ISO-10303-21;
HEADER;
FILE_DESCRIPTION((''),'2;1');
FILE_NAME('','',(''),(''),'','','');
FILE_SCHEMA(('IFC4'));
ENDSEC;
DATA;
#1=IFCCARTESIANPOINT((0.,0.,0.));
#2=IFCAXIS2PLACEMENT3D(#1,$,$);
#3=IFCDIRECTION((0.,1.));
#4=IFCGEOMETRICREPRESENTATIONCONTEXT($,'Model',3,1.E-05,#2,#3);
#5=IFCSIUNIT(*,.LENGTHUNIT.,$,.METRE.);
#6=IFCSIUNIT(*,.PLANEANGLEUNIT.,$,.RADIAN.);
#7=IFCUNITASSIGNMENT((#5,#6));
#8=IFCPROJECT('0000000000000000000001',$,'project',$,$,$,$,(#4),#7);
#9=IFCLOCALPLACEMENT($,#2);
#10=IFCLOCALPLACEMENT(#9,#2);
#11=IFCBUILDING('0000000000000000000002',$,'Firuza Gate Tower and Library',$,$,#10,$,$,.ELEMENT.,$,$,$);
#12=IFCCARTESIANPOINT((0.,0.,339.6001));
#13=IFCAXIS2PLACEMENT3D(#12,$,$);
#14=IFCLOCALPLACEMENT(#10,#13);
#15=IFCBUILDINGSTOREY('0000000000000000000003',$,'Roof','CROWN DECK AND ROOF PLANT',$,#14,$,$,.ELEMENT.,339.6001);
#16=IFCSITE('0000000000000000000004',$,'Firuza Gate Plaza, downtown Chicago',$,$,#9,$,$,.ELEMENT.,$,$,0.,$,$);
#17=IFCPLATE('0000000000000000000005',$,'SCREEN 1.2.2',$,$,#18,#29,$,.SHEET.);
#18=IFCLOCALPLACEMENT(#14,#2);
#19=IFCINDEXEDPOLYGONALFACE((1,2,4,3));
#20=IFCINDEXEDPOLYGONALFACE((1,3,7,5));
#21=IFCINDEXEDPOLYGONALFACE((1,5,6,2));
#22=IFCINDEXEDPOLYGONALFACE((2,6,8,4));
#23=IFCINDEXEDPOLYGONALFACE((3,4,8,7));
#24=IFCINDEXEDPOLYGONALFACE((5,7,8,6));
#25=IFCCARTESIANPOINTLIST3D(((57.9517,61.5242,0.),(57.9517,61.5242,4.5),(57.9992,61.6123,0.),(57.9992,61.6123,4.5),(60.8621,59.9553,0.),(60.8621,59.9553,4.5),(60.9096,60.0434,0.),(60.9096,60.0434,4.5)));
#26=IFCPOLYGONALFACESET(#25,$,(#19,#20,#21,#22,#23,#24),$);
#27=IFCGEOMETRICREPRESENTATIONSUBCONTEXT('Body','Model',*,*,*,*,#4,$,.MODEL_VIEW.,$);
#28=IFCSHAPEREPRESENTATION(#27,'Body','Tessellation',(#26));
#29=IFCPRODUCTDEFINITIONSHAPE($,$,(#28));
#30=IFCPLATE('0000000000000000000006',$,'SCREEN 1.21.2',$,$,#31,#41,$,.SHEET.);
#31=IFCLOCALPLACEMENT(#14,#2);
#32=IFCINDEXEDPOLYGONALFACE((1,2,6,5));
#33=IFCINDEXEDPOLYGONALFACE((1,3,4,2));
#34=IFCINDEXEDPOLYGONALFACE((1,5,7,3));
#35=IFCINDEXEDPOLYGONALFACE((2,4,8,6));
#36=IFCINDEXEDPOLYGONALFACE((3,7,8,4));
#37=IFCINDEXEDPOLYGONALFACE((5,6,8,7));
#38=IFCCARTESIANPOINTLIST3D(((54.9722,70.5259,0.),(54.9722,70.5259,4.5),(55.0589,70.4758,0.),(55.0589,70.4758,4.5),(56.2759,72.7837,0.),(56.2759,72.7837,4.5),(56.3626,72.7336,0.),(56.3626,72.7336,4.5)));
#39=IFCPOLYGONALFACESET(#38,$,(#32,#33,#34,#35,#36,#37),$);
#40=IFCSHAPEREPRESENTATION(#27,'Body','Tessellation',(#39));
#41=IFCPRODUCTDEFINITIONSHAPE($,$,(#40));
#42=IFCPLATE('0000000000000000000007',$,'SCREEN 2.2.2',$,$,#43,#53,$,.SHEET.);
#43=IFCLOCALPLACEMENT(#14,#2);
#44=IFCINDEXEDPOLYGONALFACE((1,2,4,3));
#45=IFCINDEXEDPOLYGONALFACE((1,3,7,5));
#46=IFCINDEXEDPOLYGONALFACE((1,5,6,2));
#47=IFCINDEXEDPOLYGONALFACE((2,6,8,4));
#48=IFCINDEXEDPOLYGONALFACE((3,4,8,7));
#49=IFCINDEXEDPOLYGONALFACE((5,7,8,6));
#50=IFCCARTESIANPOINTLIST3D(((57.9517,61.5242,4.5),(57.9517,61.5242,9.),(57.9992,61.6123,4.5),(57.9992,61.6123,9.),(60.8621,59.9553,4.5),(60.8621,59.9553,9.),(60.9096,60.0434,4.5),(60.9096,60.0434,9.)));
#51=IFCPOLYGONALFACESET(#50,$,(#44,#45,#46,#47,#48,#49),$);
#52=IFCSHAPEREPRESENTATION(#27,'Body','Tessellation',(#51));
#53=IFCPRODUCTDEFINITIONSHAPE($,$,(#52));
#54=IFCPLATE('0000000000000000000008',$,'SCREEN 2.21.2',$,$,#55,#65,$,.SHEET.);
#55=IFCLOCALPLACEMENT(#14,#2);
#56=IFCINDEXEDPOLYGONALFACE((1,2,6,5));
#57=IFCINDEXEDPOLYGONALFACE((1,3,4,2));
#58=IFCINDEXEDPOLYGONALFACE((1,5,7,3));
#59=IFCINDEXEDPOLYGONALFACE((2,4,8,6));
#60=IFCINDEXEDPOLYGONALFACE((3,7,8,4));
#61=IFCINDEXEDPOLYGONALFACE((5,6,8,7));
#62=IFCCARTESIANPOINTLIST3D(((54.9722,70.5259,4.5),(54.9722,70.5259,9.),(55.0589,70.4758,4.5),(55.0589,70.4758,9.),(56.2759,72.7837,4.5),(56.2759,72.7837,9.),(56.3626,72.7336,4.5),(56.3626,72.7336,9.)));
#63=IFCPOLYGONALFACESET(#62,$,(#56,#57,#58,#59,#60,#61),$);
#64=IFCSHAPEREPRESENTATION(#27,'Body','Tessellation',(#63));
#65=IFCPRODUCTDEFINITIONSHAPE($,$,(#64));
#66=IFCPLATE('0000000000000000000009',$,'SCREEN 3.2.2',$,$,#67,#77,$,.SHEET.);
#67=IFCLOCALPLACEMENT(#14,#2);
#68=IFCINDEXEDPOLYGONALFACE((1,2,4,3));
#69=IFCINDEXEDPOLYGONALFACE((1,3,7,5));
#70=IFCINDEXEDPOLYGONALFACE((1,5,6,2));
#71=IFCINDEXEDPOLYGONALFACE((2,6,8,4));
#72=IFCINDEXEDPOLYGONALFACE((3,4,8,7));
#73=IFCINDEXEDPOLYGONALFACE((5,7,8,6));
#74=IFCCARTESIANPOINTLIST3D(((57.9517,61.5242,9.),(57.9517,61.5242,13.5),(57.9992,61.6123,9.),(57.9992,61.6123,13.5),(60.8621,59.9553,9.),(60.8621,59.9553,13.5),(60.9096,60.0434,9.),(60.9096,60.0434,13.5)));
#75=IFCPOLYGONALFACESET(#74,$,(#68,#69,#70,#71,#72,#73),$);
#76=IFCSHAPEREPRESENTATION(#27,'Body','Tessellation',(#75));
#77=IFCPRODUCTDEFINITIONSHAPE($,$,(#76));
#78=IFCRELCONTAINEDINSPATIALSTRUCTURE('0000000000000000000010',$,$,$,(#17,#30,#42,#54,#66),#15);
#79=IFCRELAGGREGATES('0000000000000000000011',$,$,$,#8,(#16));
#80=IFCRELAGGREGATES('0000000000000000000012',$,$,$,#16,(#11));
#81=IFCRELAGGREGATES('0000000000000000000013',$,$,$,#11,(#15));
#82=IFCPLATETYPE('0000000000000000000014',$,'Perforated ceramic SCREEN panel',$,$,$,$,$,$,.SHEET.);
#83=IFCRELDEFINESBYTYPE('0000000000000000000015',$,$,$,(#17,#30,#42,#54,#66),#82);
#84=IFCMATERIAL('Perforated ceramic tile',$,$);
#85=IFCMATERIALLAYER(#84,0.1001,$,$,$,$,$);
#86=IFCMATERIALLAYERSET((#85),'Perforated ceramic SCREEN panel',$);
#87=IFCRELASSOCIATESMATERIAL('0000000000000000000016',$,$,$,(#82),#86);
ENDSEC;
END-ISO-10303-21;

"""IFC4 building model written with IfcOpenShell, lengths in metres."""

from ifc_helpers import new_model, si_unit, direction, frame, origin, place, context, subcontext, project, spatial, polyline, outline, extrude, material, layer, layer_set, type_object, element, save


model = new_model("IFC4")

# Units and contexts
model_context = context("Model", 3, precision=1e-05, world=origin(), true_north=direction((0.0, 1.0)))
body_context = subcontext(model_context, "Body", "Model", "MODEL_VIEW")
ifc_project = project(units=[si_unit("LENGTHUNIT", "METRE"), si_unit("PLANEANGLEUNIT", "RADIAN")], contexts=[model_context])

# Site, building, storey
site_placement = place(None, origin())
site = spatial("IfcSite", under=ifc_project, at=site_placement, Name="Firuza Gate Plaza, downtown Chicago", CompositionType="ELEMENT", RefElevation=0.0)
building_placement = place(site_placement, origin())
building = spatial("IfcBuilding", under=site, at=building_placement, Name="Firuza Gate Tower and Library", CompositionType="ELEMENT")
storey_placement = place(building_placement, frame((0.0, 0.0, 339.6001)))
storey = spatial("IfcBuildingStorey", under=building, at=storey_placement, Name="Roof", Description="CROWN DECK AND ROOF PLANT", CompositionType="ELEMENT", Elevation=339.6001)

# Plates
ifc_material_1 = material(Name="Perforated ceramic tile")
ifc_layer = layer(ifc_material_1, 0.1001)
ifc_layer_set = layer_set([ifc_layer], Name="Perforated ceramic SCREEN panel")
plate_type = type_object("IfcPlateType", Name="Perforated ceramic SCREEN panel", PredefinedType="SHEET", material=ifc_layer_set)
plate_1_placement = place(storey_placement, frame((57.9517, 61.5242, 0.0), z_axis=(-0.4745, -0.880255, 0.0), x_axis=(0.880255, -0.4745, 0.0)))
element("IfcPlate", 1, at=plate_1_placement, inside=storey, type_object=plate_type, Name="SCREEN 1.2.2", PredefinedType="SHEET", context=body_context, shape_type="SweptSolid", body=[
    extrude(outline(polyline([(0.0, 0.0), (3.3063, 0.0), (3.3063, 4.5), (0.0, 4.5), (0.0, 0.0)])), origin(), (0.0, 0.0, -1.0), 0.1001),
])
plate_2_placement = place(storey_placement, frame((56.2759, 72.7837, 0.0), z_axis=(-0.865998, 0.500047, 0.0), x_axis=(-0.500047, -0.865998, 0.0)))
element("IfcPlate", 2, at=plate_2_placement, inside=storey, type_object=plate_type, Name="SCREEN 1.21.2", PredefinedType="SHEET", context=body_context, shape_type="SweptSolid", body=[
    extrude(outline(polyline([(0.0, 0.0), (2.6072, 0.0), (2.6072, 4.5), (0.0, 4.5), (0.0, 0.0)])), origin(), (0.0, 0.0, -1.0), 0.1001),
])
plate_3_placement = place(storey_placement, frame((57.9517, 61.5242, 4.5), z_axis=(-0.4745, -0.880255, 0.0), x_axis=(0.880255, -0.4745, 0.0)))
element("IfcPlate", 3, at=plate_3_placement, inside=storey, type_object=plate_type, Name="SCREEN 2.2.2", PredefinedType="SHEET", context=body_context, shape_type="SweptSolid", body=[
    extrude(outline(polyline([(0.0, 0.0), (3.3063, 0.0), (3.3063, 4.5), (0.0, 4.5), (0.0, 0.0)])), origin(), (0.0, 0.0, -1.0), 0.1001),
])
plate_4_placement = place(storey_placement, frame((56.2759, 72.7837, 4.5), z_axis=(-0.865998, 0.500047, 0.0), x_axis=(-0.500047, -0.865998, 0.0)))
element("IfcPlate", 4, at=plate_4_placement, inside=storey, type_object=plate_type, Name="SCREEN 2.21.2", PredefinedType="SHEET", context=body_context, shape_type="SweptSolid", body=[
    extrude(outline(polyline([(0.0, 0.0), (2.6072, 0.0), (2.6072, 4.5), (0.0, 4.5), (0.0, 0.0)])), origin(), (0.0, 0.0, -1.0), 0.1001),
])
plate_5_placement = place(storey_placement, frame((57.9517, 61.5242, 9.0), z_axis=(-0.4745, -0.880255, 0.0), x_axis=(0.880255, -0.4745, 0.0)))
element("IfcPlate", 5, at=plate_5_placement, inside=storey, type_object=plate_type, Name="SCREEN 3.2.2", PredefinedType="SHEET", context=body_context, shape_type="SweptSolid", body=[
    extrude(outline(polyline([(0.0, 0.0), (3.3063, 0.0), (3.3063, 4.5), (0.0, 4.5), (0.0, 0.0)])), origin(), (0.0, 0.0, -1.0), 0.1001),
])

save(model, "model.ifc")
